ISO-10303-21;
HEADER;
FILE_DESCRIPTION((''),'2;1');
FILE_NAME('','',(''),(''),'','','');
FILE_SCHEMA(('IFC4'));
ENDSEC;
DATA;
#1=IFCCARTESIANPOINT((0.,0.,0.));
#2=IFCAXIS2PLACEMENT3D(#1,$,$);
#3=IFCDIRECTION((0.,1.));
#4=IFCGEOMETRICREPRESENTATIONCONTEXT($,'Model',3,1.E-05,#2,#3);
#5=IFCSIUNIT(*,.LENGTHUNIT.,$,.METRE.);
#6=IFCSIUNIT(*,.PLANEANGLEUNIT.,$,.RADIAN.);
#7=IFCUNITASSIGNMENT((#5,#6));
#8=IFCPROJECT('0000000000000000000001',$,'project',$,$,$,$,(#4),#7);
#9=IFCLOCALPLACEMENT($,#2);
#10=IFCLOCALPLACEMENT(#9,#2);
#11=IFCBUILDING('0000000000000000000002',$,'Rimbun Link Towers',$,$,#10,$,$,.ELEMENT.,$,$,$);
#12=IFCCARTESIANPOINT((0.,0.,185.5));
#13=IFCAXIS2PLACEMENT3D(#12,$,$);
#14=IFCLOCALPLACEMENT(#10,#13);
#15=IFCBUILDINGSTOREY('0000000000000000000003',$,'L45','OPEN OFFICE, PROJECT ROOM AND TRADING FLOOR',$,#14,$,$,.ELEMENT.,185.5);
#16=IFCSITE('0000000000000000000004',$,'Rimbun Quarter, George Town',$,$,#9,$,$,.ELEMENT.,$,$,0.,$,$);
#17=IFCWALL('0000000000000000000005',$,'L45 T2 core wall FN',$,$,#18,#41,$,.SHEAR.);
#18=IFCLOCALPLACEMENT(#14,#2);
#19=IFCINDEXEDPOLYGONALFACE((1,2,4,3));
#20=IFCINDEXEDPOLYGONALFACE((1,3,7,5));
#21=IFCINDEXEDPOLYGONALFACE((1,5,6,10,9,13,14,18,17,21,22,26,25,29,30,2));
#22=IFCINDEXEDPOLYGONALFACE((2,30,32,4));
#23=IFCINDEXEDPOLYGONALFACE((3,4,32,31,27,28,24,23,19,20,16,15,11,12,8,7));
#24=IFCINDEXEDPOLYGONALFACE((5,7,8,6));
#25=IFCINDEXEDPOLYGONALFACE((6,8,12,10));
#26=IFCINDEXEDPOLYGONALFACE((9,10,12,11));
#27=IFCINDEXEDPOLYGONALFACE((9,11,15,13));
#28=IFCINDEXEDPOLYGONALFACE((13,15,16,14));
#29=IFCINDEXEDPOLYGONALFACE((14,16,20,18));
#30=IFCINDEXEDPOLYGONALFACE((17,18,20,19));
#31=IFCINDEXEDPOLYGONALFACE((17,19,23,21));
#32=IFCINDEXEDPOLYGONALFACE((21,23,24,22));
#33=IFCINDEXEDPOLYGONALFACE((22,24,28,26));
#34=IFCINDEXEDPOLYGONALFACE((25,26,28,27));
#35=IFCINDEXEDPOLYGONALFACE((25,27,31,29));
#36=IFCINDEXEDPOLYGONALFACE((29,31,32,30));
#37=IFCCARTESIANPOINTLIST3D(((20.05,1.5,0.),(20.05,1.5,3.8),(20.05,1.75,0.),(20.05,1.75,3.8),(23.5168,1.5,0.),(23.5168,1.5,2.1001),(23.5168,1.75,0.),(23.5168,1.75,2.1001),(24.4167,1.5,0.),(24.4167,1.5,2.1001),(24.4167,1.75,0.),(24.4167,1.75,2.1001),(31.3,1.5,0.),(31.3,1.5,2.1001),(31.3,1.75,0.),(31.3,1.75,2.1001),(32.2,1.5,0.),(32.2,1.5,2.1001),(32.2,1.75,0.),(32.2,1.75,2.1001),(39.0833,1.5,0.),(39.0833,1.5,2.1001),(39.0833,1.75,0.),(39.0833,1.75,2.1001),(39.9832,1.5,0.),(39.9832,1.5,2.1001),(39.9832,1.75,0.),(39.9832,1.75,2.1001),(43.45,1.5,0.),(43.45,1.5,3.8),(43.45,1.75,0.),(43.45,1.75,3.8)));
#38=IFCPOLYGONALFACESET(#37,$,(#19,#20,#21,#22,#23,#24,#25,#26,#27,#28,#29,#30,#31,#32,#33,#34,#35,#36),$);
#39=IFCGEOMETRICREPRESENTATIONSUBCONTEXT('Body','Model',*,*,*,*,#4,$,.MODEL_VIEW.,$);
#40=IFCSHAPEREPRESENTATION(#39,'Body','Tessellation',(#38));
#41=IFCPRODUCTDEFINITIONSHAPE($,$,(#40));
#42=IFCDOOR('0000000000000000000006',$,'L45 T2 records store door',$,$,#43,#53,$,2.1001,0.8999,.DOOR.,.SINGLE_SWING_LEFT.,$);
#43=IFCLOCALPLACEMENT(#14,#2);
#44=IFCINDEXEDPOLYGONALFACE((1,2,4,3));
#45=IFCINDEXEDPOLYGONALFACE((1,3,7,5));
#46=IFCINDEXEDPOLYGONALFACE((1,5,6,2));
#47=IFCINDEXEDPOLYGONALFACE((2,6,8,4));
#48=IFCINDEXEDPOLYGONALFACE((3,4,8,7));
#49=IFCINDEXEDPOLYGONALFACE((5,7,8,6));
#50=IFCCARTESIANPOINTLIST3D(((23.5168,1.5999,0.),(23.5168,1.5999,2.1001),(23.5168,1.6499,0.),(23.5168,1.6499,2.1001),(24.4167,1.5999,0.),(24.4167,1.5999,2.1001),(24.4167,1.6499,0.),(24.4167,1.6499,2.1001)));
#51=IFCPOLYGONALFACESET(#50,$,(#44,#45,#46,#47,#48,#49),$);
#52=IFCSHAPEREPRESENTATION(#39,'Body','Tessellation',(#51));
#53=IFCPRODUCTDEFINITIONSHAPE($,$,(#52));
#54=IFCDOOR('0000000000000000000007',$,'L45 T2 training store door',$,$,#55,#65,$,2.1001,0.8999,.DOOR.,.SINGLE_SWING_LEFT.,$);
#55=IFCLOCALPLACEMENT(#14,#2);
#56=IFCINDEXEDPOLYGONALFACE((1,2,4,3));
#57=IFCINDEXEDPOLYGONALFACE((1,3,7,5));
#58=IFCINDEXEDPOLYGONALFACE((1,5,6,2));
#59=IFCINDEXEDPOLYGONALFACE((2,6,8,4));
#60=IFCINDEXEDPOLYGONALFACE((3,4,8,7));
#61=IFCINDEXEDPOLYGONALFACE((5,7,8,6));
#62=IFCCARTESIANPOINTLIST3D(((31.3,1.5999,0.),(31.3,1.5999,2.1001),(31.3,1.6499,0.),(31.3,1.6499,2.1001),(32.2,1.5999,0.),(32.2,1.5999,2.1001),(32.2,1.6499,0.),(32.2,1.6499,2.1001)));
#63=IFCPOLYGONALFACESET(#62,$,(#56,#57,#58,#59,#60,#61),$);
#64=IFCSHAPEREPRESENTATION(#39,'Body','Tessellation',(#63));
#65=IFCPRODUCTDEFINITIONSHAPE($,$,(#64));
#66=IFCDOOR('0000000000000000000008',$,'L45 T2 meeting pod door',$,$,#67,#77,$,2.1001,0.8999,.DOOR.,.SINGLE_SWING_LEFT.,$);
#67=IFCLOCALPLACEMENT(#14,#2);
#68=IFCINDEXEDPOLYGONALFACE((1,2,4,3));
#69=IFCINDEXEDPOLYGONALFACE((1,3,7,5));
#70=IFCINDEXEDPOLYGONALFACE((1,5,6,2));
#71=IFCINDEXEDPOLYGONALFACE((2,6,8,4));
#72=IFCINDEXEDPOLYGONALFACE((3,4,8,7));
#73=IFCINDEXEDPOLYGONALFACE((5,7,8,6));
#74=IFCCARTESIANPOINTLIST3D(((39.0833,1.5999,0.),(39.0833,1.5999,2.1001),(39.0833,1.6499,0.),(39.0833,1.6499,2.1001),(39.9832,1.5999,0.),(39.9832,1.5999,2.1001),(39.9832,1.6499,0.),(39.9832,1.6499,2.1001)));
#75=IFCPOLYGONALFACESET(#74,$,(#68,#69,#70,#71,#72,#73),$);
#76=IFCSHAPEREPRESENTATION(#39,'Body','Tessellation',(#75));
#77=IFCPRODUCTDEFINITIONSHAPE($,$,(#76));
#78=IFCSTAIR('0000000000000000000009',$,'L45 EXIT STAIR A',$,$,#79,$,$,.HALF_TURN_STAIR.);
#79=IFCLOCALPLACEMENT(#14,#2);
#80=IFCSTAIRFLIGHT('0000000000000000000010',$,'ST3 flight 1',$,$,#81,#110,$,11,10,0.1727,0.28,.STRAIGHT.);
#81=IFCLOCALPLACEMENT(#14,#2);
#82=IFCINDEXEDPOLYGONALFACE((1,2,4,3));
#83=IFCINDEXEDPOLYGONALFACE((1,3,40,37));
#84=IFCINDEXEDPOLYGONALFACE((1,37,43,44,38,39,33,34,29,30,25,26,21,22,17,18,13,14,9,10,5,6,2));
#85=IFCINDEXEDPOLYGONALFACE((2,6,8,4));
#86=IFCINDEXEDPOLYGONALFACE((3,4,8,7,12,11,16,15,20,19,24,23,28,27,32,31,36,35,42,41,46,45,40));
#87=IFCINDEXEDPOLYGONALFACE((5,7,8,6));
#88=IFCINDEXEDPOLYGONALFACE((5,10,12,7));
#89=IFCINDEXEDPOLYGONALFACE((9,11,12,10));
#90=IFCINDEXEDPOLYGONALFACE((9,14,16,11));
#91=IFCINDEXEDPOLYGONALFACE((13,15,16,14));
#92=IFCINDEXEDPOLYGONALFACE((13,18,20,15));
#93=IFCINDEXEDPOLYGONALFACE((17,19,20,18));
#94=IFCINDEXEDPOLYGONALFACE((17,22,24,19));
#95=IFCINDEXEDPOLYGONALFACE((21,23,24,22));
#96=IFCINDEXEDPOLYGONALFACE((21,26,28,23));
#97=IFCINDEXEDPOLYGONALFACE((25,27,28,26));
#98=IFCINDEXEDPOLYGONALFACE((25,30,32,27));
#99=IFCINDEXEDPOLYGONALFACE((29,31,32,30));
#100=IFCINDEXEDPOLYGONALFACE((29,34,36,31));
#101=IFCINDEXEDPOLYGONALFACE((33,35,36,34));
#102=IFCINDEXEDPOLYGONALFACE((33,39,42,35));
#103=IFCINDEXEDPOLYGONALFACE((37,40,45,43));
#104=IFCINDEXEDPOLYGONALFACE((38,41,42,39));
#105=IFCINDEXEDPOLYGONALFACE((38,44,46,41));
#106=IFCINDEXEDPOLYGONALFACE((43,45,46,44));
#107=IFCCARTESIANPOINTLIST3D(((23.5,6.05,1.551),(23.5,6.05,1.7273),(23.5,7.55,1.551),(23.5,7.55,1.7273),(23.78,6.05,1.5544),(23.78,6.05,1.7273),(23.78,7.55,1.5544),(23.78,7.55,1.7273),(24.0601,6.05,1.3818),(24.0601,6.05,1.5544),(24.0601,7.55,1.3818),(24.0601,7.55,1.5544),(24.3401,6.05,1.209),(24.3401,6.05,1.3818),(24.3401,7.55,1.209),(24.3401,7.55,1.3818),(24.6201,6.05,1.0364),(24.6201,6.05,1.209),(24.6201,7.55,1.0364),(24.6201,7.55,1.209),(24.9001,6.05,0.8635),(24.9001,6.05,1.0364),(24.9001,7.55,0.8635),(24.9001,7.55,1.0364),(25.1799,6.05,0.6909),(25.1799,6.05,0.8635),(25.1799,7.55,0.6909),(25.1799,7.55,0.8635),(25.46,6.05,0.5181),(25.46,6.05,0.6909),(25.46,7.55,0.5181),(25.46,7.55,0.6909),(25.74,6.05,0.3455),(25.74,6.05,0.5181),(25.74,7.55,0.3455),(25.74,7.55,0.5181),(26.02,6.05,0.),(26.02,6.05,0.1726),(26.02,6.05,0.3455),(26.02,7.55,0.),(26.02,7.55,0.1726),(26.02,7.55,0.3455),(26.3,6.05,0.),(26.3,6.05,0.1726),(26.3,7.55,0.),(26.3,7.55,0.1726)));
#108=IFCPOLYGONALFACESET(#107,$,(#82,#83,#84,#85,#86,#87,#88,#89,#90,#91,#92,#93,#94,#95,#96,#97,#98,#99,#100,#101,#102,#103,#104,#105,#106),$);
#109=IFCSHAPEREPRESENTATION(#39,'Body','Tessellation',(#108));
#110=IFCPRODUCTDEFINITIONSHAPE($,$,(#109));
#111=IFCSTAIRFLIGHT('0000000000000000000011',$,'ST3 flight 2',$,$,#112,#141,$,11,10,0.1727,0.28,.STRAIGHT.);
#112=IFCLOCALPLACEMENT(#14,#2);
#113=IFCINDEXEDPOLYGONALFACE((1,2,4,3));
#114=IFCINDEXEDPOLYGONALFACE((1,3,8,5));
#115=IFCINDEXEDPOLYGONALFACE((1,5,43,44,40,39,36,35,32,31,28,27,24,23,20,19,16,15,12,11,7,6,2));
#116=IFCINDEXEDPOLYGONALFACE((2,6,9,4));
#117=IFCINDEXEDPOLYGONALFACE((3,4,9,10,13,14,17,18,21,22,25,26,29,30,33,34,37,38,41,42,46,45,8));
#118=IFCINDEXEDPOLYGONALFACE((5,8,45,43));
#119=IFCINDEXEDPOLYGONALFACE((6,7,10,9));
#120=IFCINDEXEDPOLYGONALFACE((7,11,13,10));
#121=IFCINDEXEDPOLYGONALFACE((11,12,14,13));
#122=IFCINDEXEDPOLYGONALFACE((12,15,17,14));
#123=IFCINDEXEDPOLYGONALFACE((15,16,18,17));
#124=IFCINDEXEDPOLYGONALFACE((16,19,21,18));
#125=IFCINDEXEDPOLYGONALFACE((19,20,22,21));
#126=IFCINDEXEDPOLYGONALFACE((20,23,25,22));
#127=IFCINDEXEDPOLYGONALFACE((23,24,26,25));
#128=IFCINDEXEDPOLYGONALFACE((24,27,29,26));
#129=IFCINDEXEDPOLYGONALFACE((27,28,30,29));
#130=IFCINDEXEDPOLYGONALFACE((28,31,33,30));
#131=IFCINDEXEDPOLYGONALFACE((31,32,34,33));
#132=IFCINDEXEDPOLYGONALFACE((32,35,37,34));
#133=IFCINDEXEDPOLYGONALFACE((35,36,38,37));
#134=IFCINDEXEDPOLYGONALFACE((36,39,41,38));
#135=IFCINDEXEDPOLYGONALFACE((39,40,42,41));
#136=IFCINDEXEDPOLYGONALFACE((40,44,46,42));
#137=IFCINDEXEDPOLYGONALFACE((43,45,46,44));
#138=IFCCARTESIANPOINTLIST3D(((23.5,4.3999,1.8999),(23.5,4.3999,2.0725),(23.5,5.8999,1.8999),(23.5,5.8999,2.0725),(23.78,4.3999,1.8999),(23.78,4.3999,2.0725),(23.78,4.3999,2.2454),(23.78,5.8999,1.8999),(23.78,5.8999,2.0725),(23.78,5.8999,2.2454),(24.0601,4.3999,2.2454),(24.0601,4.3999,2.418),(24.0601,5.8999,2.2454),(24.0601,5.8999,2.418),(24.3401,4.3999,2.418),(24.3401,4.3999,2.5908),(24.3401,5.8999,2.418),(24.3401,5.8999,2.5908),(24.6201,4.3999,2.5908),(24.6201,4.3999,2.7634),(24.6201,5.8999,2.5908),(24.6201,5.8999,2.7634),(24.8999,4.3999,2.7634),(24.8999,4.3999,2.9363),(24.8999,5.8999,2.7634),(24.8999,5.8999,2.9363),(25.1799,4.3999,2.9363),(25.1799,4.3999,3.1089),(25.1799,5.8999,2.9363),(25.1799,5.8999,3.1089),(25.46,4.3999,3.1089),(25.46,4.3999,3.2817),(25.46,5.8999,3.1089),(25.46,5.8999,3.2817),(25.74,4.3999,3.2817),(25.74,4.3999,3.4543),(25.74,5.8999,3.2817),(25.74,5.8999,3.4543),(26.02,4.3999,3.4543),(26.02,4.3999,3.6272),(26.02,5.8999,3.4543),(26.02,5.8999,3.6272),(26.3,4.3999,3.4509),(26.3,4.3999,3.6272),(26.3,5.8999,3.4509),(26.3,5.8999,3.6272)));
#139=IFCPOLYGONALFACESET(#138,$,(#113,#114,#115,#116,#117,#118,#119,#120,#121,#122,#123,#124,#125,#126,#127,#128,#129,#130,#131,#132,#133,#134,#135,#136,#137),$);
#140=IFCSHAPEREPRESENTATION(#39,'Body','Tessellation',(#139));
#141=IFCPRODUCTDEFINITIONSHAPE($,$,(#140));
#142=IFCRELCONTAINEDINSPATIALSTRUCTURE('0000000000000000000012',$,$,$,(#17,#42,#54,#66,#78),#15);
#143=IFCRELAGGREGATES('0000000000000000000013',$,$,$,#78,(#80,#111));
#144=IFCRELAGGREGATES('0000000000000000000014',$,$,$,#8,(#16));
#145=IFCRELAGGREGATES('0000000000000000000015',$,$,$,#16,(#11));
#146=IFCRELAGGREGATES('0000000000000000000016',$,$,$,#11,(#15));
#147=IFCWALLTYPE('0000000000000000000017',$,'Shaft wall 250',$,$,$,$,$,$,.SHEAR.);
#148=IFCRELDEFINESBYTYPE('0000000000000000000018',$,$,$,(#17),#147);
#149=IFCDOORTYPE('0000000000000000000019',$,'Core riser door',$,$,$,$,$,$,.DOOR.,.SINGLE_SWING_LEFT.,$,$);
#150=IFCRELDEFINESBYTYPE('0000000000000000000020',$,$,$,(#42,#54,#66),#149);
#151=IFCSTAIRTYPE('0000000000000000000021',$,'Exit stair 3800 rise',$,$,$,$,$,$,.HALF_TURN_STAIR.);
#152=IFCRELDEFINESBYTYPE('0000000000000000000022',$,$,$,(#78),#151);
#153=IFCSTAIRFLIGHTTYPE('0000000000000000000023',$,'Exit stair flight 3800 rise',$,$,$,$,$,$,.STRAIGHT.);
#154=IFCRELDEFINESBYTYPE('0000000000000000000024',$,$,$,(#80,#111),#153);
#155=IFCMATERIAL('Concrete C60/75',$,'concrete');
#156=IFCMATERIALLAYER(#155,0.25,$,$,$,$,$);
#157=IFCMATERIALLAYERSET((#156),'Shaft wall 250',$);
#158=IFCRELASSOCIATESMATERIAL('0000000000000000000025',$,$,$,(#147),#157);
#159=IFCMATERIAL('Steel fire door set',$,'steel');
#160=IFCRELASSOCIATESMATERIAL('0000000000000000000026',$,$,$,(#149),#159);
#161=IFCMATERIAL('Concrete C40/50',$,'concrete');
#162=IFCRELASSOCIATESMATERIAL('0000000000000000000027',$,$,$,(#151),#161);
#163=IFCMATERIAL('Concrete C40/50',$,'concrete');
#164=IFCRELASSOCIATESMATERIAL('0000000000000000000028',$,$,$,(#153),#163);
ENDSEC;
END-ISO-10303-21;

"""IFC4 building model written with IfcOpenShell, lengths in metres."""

from ifc_helpers import new_model, si_unit, direction, frame, frame_2d, origin, place, context, subcontext, project, spatial, polyline, rectangle, outline, extrude, material, layer, layer_set, type_object, element, fill, aggregate, save


model = new_model("IFC4")

# Units and contexts
model_context = context("Model", 3, precision=1e-05, world=origin(), true_north=direction((0.0, 1.0)))
body_context = subcontext(model_context, "Body", "Model", "MODEL_VIEW")
ifc_project = project(units=[si_unit("LENGTHUNIT", "METRE"), si_unit("PLANEANGLEUNIT", "RADIAN")], contexts=[model_context])

# Site, building, storey
site_placement = place(None, origin())
site = spatial("IfcSite", under=ifc_project, at=site_placement, Name="Rimbun Quarter, George Town", CompositionType="ELEMENT", RefElevation=0.0)
building_placement = place(site_placement, origin())
building = spatial("IfcBuilding", under=site, at=building_placement, Name="Rimbun Link Towers", CompositionType="ELEMENT")
storey_placement = place(building_placement, frame((0.0, 0.0, 185.5)))
storey = spatial("IfcBuildingStorey", under=building, at=storey_placement, Name="L45", Description="OPEN OFFICE, PROJECT ROOM AND TRADING FLOOR", CompositionType="ELEMENT", Elevation=185.5)

# Shared definitions
ifc_material_1 = material(Name="Concrete C60/75", Category="concrete")
ifc_layer_1 = layer(ifc_material_1, 0.25)
ifc_layer_set_1 = layer_set([ifc_layer_1], Name="Shaft wall 250")
wall_type_1 = type_object("IfcWallType", Name="Shaft wall 250", PredefinedType="SHEAR", material=ifc_layer_set_1)

# Wall, openings, doors
wall_1_placement = place(storey_placement, frame((20.05, 1.625, 0.0), z_axis=(0.0, 0.0, 1.0), x_axis=(1.0, 0.0, 0.0)))
wall_1 = element("IfcWall", 1, at=wall_1_placement, inside=storey, type_object=wall_type_1, Name="L45 T2 core wall FN", PredefinedType="SHEAR", context=body_context, shape_type="SweptSolid", body=[
    extrude(rectangle(XDim=23.3999, YDim=0.25, at=frame_2d((11.7, 0.0))), origin(), (0.0, 0.0, 1.0), 3.8),
])
opening_1_placement = place(wall_1_placement, frame((3.4668, 0.0, 0.0)))
opening_1 = element("IfcOpeningElement", 2, at=opening_1_placement, cuts=wall_1, PredefinedType="OPENING", context=body_context, shape_type="SweptSolid", body=[
    extrude(rectangle(XDim=0.8999, YDim=2.1001, at=frame_2d((0.45, 1.05))), frame((0.0, 0.135, 0.0), z_axis=(0.0, -1.0, 0.0), x_axis=(1.0, 0.0, 0.0)), (0.0, 0.0, 1.0), 0.27),
])
opening_2_placement = place(wall_1_placement, frame((11.25, 0.0, 0.0)))
opening_2 = element("IfcOpeningElement", 3, at=opening_2_placement, cuts=wall_1, PredefinedType="OPENING", context=body_context, shape_type="SweptSolid", body=[
    extrude(rectangle(XDim=0.8999, YDim=2.1001, at=frame_2d((0.45, 1.05))), frame((0.0, 0.135, 0.0), z_axis=(0.0, -1.0, 0.0), x_axis=(1.0, 0.0, 0.0)), (0.0, 0.0, 1.0), 0.27),
])
opening_3_placement = place(wall_1_placement, frame((19.0332, 0.0, 0.0)))
opening_3 = element("IfcOpeningElement", 4, at=opening_3_placement, cuts=wall_1, PredefinedType="OPENING", context=body_context, shape_type="SweptSolid", body=[
    extrude(rectangle(XDim=0.8999, YDim=2.1001, at=frame_2d((0.45, 1.05))), frame((0.0, 0.135, 0.0), z_axis=(0.0, -1.0, 0.0), x_axis=(1.0, 0.0, 0.0)), (0.0, 0.0, 1.0), 0.27),
])
ifc_material_2 = material(Name="Steel fire door set", Category="steel")
door_type_1 = type_object("IfcDoorType", Name="Core riser door", OperationType="SINGLE_SWING_LEFT", PredefinedType="DOOR", material=ifc_material_2)
door_1_placement = place(opening_1_placement, origin())
door_1 = element("IfcDoor", 5, at=door_1_placement, inside=storey, type_object=door_type_1, Name="L45 T2 records store door", OperationType="SINGLE_SWING_LEFT", OverallHeight=2.1001, OverallWidth=0.8999, PredefinedType="DOOR", context=body_context, shape_type="SweptSolid", body=[
    extrude(rectangle(XDim=0.8999, YDim=2.1001, at=frame_2d((0.45, 1.05))), frame((0.0, 0.0249, 0.0), z_axis=(0.0, -1.0, 0.0), x_axis=(1.0, 0.0, 0.0)), (0.0, 0.0, 1.0), 0.05),
])
fill(opening_1, door_1)
door_2_placement = place(opening_2_placement, origin())
door_2 = element("IfcDoor", 6, at=door_2_placement, inside=storey, type_object=door_type_1, Name="L45 T2 training store door", OperationType="SINGLE_SWING_LEFT", OverallHeight=2.1001, OverallWidth=0.8999, PredefinedType="DOOR", context=body_context, shape_type="SweptSolid", body=[
    extrude(rectangle(XDim=0.8999, YDim=2.1001, at=frame_2d((0.45, 1.05))), frame((0.0, 0.0249, 0.0), z_axis=(0.0, -1.0, 0.0), x_axis=(1.0, 0.0, 0.0)), (0.0, 0.0, 1.0), 0.05),
])
fill(opening_2, door_2)
door_3_placement = place(opening_3_placement, origin())
door_3 = element("IfcDoor", 7, at=door_3_placement, inside=storey, type_object=door_type_1, Name="L45 T2 meeting pod door", OperationType="SINGLE_SWING_LEFT", OverallHeight=2.1001, OverallWidth=0.8999, PredefinedType="DOOR", context=body_context, shape_type="SweptSolid", body=[
    extrude(rectangle(XDim=0.8999, YDim=2.1001, at=frame_2d((0.45, 1.05))), frame((0.0, 0.0249, 0.0), z_axis=(0.0, -1.0, 0.0), x_axis=(1.0, 0.0, 0.0)), (0.0, 0.0, 1.0), 0.05),
])
fill(opening_3, door_3)

# Stair, stair flights
ifc_material_3 = material(Name="Concrete C40/50", Category="concrete")
stair_type = type_object("IfcStairType", Name="Exit stair 3800 rise", PredefinedType="HALF_TURN_STAIR", material=ifc_material_3)
stair_placement = place(storey_placement, origin())
stair = element("IfcStair", 8, at=stair_placement, inside=storey, type_object=stair_type, Name="L45 EXIT STAIR A", PredefinedType="HALF_TURN_STAIR")
ifc_material_4 = material(Name="Concrete C40/50", Category="concrete")
stair_flight_type = type_object("IfcStairFlightType", Name="Exit stair flight 3800 rise", PredefinedType="STRAIGHT", material=ifc_material_4)
stair_flight_1_placement = place(storey_placement, frame((26.3, 6.8, 0.0), z_axis=(0.0, 0.0, 1.0), x_axis=(-1.0, 0.0, 0.0)))
stair_flight_1 = element("IfcStairFlight", 9, at=stair_flight_1_placement, type_object=stair_flight_type, Name="ST3 flight 1", NumberOfRisers=11, NumberOfTreads=10, PredefinedType="STRAIGHT", RiserHeight=0.1727, TreadLength=0.28, context=body_context, shape_type="SweptSolid", body=[
    extrude(outline(polyline([(0.0, 0.0), (0.0, 0.1726), (0.28, 0.1726), (0.28, 0.3455), (0.5601, 0.3455), (0.5601, 0.5181), (0.8401, 0.5181), (0.8401, 0.6909), (1.1201, 0.6909), (1.1201, 0.8635), (1.3999, 0.8635), (1.3999, 1.0364), (1.6799, 1.0364), (1.6799, 1.209), (1.96, 1.209), (1.96, 1.3818), (2.24, 1.3818), (2.24, 1.5544), (2.52, 1.5544), (2.52, 1.7273), (2.8, 1.7273), (2.8, 1.8999), (2.8, 1.551), (0.28, 0.0), (0.0, 0.0)])), frame((0.0, 0.75, 0.0), z_axis=(0.0, -1.0, 0.0), x_axis=(1.0, 0.0, 0.0)), (0.0, 0.0, 1.0), 1.5),
])
stair_flight_2_placement = place(storey_placement, frame((23.5, 5.1499, 1.8999), z_axis=(0.0, 0.0, 1.0), x_axis=(1.0, 0.0, 0.0)))
stair_flight_2 = element("IfcStairFlight", 10, at=stair_flight_2_placement, type_object=stair_flight_type, Name="ST3 flight 2", NumberOfRisers=11, NumberOfTreads=10, PredefinedType="STRAIGHT", RiserHeight=0.1727, TreadLength=0.28, context=body_context, shape_type="SweptSolid", body=[
    extrude(outline(polyline([(0.0, 0.0), (0.0, 0.1726), (0.28, 0.1726), (0.28, 0.3455), (0.5601, 0.3455), (0.5601, 0.5181), (0.8401, 0.5181), (0.8401, 0.6909), (1.1201, 0.6909), (1.1201, 0.8635), (1.3999, 0.8635), (1.3999, 1.0364), (1.6799, 1.0364), (1.6799, 1.209), (1.96, 1.209), (1.96, 1.3818), (2.24, 1.3818), (2.24, 1.5544), (2.52, 1.5544), (2.52, 1.7273), (2.8, 1.7273), (2.8, 1.8999), (2.8, 1.551), (0.28, 0.0), (0.0, 0.0)])), frame((0.0, 0.75, 0.0), z_axis=(0.0, -1.0, 0.0), x_axis=(1.0, 0.0, 0.0)), (0.0, 0.0, 1.0), 1.5),
])
aggregate(stair, [stair_flight_1, stair_flight_2])

save(model, "model.ifc")
